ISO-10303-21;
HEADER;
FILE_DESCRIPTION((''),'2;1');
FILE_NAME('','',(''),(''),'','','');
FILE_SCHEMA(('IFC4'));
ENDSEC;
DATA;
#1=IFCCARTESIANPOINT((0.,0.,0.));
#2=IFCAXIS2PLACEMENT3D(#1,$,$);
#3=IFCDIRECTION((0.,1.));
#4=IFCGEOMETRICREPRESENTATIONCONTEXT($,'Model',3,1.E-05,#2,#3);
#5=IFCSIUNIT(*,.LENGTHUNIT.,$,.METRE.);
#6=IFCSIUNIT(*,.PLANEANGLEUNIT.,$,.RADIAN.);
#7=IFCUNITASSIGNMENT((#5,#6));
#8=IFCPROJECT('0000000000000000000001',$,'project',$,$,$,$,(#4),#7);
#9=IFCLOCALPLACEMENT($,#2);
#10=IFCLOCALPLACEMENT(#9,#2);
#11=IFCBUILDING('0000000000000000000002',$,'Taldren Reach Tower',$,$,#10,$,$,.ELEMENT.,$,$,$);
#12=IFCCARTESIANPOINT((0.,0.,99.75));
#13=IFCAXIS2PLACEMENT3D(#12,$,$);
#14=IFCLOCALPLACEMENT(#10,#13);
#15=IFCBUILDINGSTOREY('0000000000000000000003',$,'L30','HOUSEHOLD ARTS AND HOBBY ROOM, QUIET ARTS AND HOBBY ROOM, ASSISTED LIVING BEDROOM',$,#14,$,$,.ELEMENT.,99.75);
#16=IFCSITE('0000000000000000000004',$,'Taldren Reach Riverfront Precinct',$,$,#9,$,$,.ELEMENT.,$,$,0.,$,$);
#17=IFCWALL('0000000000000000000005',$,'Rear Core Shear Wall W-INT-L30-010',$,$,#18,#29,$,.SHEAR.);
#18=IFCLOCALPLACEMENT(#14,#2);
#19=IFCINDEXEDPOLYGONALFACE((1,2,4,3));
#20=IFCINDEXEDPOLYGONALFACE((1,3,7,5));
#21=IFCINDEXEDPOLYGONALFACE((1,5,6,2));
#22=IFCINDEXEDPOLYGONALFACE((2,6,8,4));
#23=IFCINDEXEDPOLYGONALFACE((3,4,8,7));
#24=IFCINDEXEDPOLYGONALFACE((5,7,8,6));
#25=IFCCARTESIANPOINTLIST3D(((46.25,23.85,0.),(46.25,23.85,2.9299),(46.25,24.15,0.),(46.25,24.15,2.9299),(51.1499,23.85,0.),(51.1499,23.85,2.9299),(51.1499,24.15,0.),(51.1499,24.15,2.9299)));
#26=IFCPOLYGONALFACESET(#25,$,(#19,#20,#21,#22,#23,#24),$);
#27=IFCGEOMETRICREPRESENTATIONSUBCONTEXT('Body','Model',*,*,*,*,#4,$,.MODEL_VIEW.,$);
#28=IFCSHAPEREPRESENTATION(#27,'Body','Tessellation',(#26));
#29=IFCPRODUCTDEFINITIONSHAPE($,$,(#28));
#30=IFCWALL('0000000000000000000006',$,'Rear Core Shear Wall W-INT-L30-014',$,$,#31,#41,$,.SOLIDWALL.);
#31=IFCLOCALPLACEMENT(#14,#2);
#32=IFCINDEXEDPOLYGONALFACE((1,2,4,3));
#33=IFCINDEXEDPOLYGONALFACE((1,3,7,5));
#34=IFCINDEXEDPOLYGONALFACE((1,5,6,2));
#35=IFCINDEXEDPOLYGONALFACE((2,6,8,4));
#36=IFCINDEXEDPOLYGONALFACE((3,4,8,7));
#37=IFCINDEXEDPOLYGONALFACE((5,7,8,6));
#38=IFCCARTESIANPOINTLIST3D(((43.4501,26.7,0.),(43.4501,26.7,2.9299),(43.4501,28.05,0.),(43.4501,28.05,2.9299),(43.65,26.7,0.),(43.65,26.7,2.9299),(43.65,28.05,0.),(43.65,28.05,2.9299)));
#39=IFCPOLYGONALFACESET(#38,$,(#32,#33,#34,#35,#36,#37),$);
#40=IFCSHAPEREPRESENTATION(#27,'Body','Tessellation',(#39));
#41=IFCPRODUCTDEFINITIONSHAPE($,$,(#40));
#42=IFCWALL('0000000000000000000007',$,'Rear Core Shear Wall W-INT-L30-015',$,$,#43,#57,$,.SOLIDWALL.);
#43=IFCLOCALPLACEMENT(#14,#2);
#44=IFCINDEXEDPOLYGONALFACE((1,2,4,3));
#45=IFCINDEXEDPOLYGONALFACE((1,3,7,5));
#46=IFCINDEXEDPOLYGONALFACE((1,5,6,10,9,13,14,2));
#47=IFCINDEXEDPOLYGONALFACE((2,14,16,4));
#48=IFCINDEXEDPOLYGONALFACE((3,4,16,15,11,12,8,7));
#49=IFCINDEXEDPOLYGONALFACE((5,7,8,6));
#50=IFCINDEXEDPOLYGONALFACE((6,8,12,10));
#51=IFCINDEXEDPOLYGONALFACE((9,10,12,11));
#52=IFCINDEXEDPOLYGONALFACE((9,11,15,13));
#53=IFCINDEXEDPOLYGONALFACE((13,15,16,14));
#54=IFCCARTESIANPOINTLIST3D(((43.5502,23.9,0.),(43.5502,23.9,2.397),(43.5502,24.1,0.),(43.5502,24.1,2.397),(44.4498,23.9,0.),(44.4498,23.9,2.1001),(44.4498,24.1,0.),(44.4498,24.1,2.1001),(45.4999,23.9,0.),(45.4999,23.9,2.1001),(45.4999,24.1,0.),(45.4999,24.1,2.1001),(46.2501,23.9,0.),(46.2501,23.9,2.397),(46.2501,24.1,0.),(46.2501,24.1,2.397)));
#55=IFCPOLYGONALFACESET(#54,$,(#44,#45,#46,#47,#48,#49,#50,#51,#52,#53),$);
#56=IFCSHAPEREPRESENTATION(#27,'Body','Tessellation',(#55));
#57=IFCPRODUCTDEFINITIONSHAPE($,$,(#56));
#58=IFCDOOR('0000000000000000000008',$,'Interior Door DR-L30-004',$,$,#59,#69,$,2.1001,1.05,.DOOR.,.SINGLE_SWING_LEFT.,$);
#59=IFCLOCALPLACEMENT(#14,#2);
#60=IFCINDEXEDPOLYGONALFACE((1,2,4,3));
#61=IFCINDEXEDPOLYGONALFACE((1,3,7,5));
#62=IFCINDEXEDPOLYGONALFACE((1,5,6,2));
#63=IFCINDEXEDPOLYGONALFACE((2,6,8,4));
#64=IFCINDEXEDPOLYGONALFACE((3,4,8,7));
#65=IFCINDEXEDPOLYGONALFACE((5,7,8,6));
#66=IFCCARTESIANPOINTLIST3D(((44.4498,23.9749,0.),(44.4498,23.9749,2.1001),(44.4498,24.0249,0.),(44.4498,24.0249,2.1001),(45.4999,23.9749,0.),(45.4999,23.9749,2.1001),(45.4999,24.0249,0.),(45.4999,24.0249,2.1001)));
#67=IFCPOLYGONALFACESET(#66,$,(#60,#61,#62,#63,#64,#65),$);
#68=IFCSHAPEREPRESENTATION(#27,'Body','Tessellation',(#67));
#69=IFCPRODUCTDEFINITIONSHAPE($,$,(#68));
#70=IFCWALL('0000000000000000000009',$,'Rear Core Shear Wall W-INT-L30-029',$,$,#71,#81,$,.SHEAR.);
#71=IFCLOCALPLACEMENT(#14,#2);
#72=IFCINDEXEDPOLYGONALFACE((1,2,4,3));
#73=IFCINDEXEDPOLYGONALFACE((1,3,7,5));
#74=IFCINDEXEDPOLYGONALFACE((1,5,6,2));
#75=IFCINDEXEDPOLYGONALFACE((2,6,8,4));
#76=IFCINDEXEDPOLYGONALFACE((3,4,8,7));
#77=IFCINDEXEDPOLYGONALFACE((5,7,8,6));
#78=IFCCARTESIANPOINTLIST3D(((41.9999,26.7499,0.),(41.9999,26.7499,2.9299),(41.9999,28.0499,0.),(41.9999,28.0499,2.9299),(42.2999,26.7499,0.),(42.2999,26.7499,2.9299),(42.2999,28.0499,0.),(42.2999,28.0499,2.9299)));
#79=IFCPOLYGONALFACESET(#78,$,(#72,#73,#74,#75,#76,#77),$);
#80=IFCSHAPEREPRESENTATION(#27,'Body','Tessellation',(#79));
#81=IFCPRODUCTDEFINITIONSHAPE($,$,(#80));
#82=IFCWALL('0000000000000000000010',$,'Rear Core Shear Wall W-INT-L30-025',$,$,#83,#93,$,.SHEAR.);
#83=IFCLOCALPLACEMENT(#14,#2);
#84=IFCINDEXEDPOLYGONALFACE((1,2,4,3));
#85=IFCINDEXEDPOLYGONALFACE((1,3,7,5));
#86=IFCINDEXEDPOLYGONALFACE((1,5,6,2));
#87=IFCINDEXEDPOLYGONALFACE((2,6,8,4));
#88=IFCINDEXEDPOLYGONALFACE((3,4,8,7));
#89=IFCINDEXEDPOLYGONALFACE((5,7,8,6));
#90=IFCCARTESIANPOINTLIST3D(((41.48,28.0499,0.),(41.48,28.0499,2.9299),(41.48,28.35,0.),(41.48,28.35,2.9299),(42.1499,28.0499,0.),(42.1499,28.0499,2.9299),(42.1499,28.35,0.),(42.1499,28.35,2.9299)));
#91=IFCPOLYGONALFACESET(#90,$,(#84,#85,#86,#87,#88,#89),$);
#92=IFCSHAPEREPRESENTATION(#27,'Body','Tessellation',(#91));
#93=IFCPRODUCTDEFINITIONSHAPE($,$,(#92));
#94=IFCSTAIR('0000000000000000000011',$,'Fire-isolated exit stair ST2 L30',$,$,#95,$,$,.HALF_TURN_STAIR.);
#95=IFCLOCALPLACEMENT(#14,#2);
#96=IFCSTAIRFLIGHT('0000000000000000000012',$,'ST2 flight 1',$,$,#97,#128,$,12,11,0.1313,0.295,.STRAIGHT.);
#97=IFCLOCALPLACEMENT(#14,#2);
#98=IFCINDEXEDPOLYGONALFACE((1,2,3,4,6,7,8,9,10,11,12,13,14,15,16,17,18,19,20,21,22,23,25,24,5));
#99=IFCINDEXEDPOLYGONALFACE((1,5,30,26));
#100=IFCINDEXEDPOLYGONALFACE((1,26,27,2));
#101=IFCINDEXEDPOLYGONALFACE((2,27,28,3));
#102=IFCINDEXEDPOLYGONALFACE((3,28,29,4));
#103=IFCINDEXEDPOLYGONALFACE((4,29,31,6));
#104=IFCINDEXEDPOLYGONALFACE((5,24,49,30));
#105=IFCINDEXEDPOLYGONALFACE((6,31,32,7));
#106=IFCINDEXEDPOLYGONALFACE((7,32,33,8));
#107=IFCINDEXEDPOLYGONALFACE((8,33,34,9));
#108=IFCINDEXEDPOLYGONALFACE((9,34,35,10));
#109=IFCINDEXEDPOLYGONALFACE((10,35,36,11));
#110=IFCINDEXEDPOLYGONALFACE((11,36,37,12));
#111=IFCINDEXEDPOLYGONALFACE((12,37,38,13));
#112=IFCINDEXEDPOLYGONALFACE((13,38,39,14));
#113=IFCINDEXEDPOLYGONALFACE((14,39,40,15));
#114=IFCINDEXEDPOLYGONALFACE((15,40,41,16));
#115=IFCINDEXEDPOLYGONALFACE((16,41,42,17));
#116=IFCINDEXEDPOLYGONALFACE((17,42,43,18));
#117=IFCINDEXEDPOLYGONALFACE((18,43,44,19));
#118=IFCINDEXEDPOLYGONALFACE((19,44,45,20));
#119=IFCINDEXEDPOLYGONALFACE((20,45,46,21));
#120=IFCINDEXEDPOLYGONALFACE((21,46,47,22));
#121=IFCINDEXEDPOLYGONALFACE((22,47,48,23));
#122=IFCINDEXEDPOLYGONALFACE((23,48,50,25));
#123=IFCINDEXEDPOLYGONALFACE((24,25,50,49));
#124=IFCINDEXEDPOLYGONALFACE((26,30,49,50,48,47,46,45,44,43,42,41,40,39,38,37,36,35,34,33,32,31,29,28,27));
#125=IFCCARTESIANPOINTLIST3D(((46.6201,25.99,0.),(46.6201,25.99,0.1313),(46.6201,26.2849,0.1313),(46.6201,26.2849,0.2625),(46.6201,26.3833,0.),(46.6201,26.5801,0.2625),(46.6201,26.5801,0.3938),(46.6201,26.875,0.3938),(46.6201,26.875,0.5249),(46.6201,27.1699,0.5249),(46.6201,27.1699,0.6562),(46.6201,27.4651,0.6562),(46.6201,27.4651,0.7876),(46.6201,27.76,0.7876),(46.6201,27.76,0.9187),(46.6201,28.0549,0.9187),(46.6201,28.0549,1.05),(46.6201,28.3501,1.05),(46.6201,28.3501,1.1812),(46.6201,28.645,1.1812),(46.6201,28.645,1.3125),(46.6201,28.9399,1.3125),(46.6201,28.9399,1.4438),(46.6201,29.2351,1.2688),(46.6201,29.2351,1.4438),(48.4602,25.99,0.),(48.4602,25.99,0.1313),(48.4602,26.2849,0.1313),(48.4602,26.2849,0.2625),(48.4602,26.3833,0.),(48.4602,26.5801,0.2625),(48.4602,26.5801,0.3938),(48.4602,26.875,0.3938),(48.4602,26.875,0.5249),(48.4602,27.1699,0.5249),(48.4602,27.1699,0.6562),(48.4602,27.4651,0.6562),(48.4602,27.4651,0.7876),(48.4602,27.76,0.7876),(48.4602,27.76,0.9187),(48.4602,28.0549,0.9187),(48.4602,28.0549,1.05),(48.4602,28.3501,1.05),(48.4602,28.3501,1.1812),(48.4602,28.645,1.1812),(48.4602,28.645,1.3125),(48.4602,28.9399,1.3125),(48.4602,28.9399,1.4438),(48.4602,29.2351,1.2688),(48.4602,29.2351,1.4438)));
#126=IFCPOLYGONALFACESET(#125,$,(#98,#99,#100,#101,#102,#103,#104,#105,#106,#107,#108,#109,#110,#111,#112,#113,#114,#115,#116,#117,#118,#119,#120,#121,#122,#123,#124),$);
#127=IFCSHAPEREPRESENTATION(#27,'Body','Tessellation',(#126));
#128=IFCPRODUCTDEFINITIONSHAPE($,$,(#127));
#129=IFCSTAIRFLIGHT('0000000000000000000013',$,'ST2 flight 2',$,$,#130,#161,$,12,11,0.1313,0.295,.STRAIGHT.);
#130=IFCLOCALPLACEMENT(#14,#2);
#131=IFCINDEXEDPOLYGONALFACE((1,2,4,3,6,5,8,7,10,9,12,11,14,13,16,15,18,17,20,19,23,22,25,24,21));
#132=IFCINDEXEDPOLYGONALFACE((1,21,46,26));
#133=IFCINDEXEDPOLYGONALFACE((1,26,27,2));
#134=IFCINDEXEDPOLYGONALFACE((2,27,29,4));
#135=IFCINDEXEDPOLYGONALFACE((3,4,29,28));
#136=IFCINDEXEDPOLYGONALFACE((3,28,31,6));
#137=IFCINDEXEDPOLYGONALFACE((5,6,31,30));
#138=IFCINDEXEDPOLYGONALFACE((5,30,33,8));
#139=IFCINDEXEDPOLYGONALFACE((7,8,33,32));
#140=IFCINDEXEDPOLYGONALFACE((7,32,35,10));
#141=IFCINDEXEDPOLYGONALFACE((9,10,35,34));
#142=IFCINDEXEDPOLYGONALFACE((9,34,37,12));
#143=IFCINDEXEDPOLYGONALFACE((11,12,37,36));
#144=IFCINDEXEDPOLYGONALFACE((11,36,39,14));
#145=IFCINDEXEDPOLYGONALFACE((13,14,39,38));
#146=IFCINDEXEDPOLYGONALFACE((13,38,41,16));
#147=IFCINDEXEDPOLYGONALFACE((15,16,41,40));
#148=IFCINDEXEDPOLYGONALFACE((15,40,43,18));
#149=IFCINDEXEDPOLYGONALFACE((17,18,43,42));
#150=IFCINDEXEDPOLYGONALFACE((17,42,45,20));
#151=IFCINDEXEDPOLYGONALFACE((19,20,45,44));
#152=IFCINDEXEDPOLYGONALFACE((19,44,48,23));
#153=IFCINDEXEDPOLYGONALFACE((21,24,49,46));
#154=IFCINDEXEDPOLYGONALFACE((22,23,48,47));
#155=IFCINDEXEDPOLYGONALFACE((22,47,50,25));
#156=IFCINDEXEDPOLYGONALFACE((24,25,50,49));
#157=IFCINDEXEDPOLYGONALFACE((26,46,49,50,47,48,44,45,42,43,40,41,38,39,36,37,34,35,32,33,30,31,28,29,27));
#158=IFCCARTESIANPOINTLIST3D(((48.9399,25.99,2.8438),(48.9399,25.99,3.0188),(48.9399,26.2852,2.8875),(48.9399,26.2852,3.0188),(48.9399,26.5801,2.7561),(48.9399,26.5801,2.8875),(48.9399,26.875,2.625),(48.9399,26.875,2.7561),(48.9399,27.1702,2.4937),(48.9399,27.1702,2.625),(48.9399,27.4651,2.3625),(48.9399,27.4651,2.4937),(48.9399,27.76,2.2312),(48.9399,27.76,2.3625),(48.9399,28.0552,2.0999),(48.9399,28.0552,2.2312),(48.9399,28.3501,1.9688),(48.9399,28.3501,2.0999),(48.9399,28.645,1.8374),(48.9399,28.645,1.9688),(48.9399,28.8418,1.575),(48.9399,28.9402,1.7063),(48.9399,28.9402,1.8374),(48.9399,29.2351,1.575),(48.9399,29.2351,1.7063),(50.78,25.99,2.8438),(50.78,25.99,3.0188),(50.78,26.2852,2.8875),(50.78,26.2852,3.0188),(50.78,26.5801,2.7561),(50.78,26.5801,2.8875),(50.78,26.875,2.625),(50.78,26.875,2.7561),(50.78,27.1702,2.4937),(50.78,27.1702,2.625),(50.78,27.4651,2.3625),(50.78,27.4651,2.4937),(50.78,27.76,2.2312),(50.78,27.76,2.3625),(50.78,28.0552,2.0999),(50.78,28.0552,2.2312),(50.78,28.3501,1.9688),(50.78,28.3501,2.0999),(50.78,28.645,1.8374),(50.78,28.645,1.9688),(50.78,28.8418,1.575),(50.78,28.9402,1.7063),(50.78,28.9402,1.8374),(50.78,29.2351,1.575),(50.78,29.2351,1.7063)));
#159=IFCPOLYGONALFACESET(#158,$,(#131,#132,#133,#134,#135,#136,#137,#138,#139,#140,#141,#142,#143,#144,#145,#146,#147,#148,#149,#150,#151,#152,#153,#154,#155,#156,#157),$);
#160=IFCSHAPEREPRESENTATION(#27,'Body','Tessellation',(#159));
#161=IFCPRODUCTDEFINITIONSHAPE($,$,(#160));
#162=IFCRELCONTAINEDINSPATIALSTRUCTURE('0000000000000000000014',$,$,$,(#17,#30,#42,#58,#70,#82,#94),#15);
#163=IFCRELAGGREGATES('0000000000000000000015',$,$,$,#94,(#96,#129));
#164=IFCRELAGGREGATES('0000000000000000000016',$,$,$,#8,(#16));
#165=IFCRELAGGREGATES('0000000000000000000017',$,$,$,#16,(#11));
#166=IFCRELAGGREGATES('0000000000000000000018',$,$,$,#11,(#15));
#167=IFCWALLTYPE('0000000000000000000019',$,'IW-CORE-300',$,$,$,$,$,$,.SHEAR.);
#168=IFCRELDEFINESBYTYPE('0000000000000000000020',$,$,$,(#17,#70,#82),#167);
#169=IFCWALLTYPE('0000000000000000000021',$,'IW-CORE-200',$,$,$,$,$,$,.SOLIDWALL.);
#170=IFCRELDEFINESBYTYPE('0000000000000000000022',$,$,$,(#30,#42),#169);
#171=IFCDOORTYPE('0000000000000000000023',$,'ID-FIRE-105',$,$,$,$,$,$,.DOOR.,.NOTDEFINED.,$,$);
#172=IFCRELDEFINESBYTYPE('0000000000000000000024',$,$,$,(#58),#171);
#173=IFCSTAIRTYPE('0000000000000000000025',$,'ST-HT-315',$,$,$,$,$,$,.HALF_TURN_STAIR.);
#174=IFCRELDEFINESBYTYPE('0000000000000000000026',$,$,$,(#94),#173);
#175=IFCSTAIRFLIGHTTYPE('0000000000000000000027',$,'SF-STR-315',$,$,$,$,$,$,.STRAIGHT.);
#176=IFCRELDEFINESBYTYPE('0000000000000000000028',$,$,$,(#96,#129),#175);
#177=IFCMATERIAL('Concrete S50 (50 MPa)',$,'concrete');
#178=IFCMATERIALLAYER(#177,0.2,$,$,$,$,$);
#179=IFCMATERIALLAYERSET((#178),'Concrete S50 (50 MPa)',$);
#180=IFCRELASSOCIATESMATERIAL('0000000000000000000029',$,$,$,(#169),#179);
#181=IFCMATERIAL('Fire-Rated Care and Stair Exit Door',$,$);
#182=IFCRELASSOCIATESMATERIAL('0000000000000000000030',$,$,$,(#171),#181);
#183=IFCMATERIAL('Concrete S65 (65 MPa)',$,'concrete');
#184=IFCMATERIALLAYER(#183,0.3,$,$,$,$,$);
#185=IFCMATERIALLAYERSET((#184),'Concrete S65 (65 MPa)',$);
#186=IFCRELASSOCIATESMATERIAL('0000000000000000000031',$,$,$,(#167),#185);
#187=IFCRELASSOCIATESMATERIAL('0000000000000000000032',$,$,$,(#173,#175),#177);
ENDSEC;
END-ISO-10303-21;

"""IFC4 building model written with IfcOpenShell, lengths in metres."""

from ifc_helpers import new_model, si_unit, direction, frame, frame_2d, origin, place, context, subcontext, project, spatial, polyline, rectangle, outline, extrude, source, transform, mapped, material, layer, layer_set, type_object, element, fill, aggregate, save


model = new_model("IFC4")

# Units and contexts
model_context = context("Model", 3, precision=1e-05, world=origin(), true_north=direction((0.0, 1.0)))
body_context = subcontext(model_context, "Body", "Model", "MODEL_VIEW")
ifc_project = project(units=[si_unit("LENGTHUNIT", "METRE"), si_unit("PLANEANGLEUNIT", "RADIAN")], contexts=[model_context])

# Site, building, storey
site_placement = place(None, origin())
site = spatial("IfcSite", under=ifc_project, at=site_placement, Name="Taldren Reach Riverfront Precinct", CompositionType="ELEMENT", RefElevation=0.0)
building_placement = place(site_placement, origin())
building = spatial("IfcBuilding", under=site, at=building_placement, Name="Taldren Reach Tower", CompositionType="ELEMENT")
storey_placement = place(building_placement, frame((0.0, 0.0, 99.75)))
storey = spatial("IfcBuildingStorey", under=building, at=storey_placement, Name="L30", Description="HOUSEHOLD ARTS AND HOBBY ROOM, QUIET ARTS AND HOBBY ROOM, ASSISTED LIVING BEDROOM", CompositionType="ELEMENT", Elevation=99.75)

# Shared definitions
ifc_material_1 = material(Name="Concrete S50 (50 MPa)", Category="concrete")
ifc_layer_1 = layer(ifc_material_1, 0.2)
ifc_layer_set_1 = layer_set([ifc_layer_1], Name="Concrete S50 (50 MPa)")
wall_type_1 = type_object("IfcWallType", Name="IW-CORE-200", PredefinedType="SOLIDWALL", material=ifc_layer_set_1)

# Shared definitions
shared_shape_1 = source(origin(), body_context, "Body", "SweptSolid", [
    extrude(rectangle(XDim=1.05, YDim=2.1001, at=frame_2d((0.5249, 1.05))), frame((0.0, 0.1099, 0.0), z_axis=(0.0, -1.0, 0.0), x_axis=(1.0, 0.0, 0.0)), (0.0, 0.0, 1.0), 0.22),
])
ifc_material_2 = material(Name="Fire-Rated Care and Stair Exit Door")
door_type_1 = type_object("IfcDoorType", Name="ID-FIRE-105", OperationType="NOTDEFINED", PredefinedType="DOOR", material=ifc_material_2)
shared_shape_2 = source(origin(), body_context, "Body", "SweptSolid", [
    extrude(rectangle(XDim=1.05, YDim=2.1001, at=frame_2d((0.5249, 1.05))), frame((0.0, 0.0249, 0.0), z_axis=(0.0, -1.0, 0.0), x_axis=(1.0, 0.0, 0.0)), (0.0, 0.0, 1.0), 0.05),
])

# Shared definitions
ifc_material_3 = material(Name="Concrete S65 (65 MPa)", Category="concrete")
ifc_layer_2 = layer(ifc_material_3, 0.3)
ifc_layer_set_2 = layer_set([ifc_layer_2], Name="Concrete S65 (65 MPa)")
wall_type_2 = type_object("IfcWallType", Name="IW-CORE-300", PredefinedType="SHEAR", material=ifc_layer_set_2)

# Wall
shared_shape_3 = source(origin(), body_context, "Body", "SweptSolid", [
    extrude(rectangle(XDim=4.8999, YDim=0.3, at=frame_2d((2.45, 0.0))), origin(), (0.0, 0.0, 1.0), 2.9299),
])
wall_1_placement = place(storey_placement, frame((46.25, 24.0, 0.0), z_axis=(0.0, 0.0, 1.0), x_axis=(1.0, 0.0, 0.0)))
element("IfcWall", 1, at=wall_1_placement, inside=storey, type_object=wall_type_2, Name="Rear Core Shear Wall W-INT-L30-010", PredefinedType="SHEAR", context=body_context, shape_type="MappedRepresentation", body=[
    mapped(shared_shape_3, transform((0.0, 0.0, 0.0), scale=1.0)),
])

# Wall
shared_shape_4 = source(origin(), body_context, "Body", "SweptSolid", [
    extrude(rectangle(XDim=1.3501, YDim=0.2, at=frame_2d((0.675, 0.0))), origin(), (0.0, 0.0, 1.0), 2.9299),
])
wall_2_placement = place(storey_placement, frame((43.55, 28.05, 0.0), z_axis=(0.0, 0.0, 1.0), x_axis=(0.0, -1.0, 0.0)))
element("IfcWall", 2, at=wall_2_placement, inside=storey, type_object=wall_type_1, Name="Rear Core Shear Wall W-INT-L30-014", PredefinedType="SOLIDWALL", context=body_context, shape_type="MappedRepresentation", body=[
    mapped(shared_shape_4, transform((0.0, 0.0, 0.0), scale=1.0)),
])

# Wall, opening, door
shared_shape_5 = source(origin(), body_context, "Body", "SweptSolid", [
    extrude(rectangle(XDim=2.7, YDim=0.2, at=frame_2d((1.3501, 0.0))), origin(), (0.0, 0.0, 1.0), 2.397),
])
wall_3_placement = place(storey_placement, frame((43.55, 24.0, 0.0), z_axis=(0.0, 0.0, 1.0), x_axis=(1.0, 0.0, 0.0)))
wall_3 = element("IfcWall", 3, at=wall_3_placement, inside=storey, type_object=wall_type_1, Name="Rear Core Shear Wall W-INT-L30-015", PredefinedType="SOLIDWALL", context=body_context, shape_type="MappedRepresentation", body=[
    mapped(shared_shape_5, transform((0.0, 0.0, 0.0), scale=1.0)),
])
opening_1_placement = place(wall_3_placement, frame((0.8999, 0.0, 0.0)))
opening_1 = element("IfcOpeningElement", 4, at=opening_1_placement, cuts=wall_3, PredefinedType="OPENING", context=body_context, shape_type="MappedRepresentation", body=[
    mapped(shared_shape_1, transform((0.0, 0.0, 0.0), scale=1.0)),
])
door_1_placement = place(opening_1_placement, origin())
door_1 = element("IfcDoor", 5, at=door_1_placement, inside=storey, type_object=door_type_1, Name="Interior Door DR-L30-004", OperationType="SINGLE_SWING_LEFT", OverallHeight=2.1001, OverallWidth=1.05, PredefinedType="DOOR", context=body_context, shape_type="MappedRepresentation", body=[
    mapped(shared_shape_2, transform((0.0, 0.0, 0.0), scale=1.0)),
])
fill(opening_1, door_1)

# Walls
shared_shape_6 = source(origin(), body_context, "Body", "SweptSolid", [
    extrude(rectangle(XDim=1.3, YDim=0.3, at=frame_2d((0.6499, 0.0))), origin(), (0.0, 0.0, 1.0), 2.9299),
])
wall_4_placement = place(storey_placement, frame((42.1499, 26.75, 0.0), z_axis=(0.0, 0.0, 1.0), x_axis=(0.0, 1.0, 0.0)))
element("IfcWall", 6, at=wall_4_placement, inside=storey, type_object=wall_type_2, Name="Rear Core Shear Wall W-INT-L30-029", PredefinedType="SHEAR", context=body_context, shape_type="MappedRepresentation", body=[
    mapped(shared_shape_6, transform((0.0, 0.0, 0.0), scale=1.0)),
])
shared_shape_7 = source(origin(), body_context, "Body", "SweptSolid", [
    extrude(rectangle(XDim=0.6699, YDim=0.3, at=frame_2d((0.335, 0.0))), origin(), (0.0, 0.0, 1.0), 2.9299),
])
wall_5_placement = place(storey_placement, frame((42.1499, 28.2, 0.0), z_axis=(0.0, 0.0, 1.0), x_axis=(-1.0, 0.0, 0.0)))
element("IfcWall", 7, at=wall_5_placement, inside=storey, type_object=wall_type_2, Name="Rear Core Shear Wall W-INT-L30-025", PredefinedType="SHEAR", context=body_context, shape_type="MappedRepresentation", body=[
    mapped(shared_shape_7, transform((0.0, 0.0, 0.0), scale=1.0)),
])

# Stair, stair flights
stair_type = type_object("IfcStairType", Name="ST-HT-315", PredefinedType="HALF_TURN_STAIR", material=ifc_material_1)
stair_placement = place(storey_placement, origin())
stair = element("IfcStair", 8, at=stair_placement, inside=storey, type_object=stair_type, Name="Fire-isolated exit stair ST2 L30", PredefinedType="HALF_TURN_STAIR")
stair_flight_type = type_object("IfcStairFlightType", Name="SF-STR-315", PredefinedType="STRAIGHT", material=ifc_material_1)
stair_flight_1_placement = place(storey_placement, frame((47.54, 25.99, 0.0), z_axis=(0.0, 0.0, 1.0), x_axis=(0.0, 1.0, 0.0)))
stair_flight_1 = element("IfcStairFlight", 9, at=stair_flight_1_placement, type_object=stair_flight_type, Name="ST2 flight 1", NumberOfRisers=12, NumberOfTreads=11, PredefinedType="STRAIGHT", RiserHeight=0.1313, TreadLength=0.295, context=body_context, shape_type="SweptSolid", body=[
    extrude(outline(polyline([(0.0, 0.0), (0.0, 0.1313), (0.2949, 0.1313), (0.2949, 0.2625), (0.5901, 0.2625), (0.5901, 0.3938), (0.885, 0.3938), (0.885, 0.5249), (1.1799, 0.5249), (1.1799, 0.6562), (1.4751, 0.6562), (1.4751, 0.7876), (1.77, 0.7876), (1.77, 0.9187), (2.0649, 0.9187), (2.0649, 1.05), (2.3601, 1.05), (2.3601, 1.1812), (2.655, 1.1812), (2.655, 1.3125), (2.95, 1.3125), (2.95, 1.4438), (3.2451, 1.4438), (3.2451, 1.575), (3.2451, 1.2688), (0.3933, 0.0), (0.0, 0.0)])), frame((0.0, 0.9199, 0.0), z_axis=(0.0, -1.0, 0.0), x_axis=(1.0, 0.0, 0.0)), (0.0, 0.0, 1.0), 1.8401),
])
stair_flight_2_placement = place(storey_placement, frame((49.8601, 29.2351, 1.575), z_axis=(0.0, 0.0, 1.0), x_axis=(0.0, -1.0, 0.0)))
stair_flight_2 = element("IfcStairFlight", 10, at=stair_flight_2_placement, type_object=stair_flight_type, Name="ST2 flight 2", NumberOfRisers=12, NumberOfTreads=11, PredefinedType="STRAIGHT", RiserHeight=0.1313, TreadLength=0.295, context=body_context, shape_type="SweptSolid", body=[
    extrude(outline(polyline([(0.0, 0.0), (0.0, 0.1313), (0.2949, 0.1313), (0.2949, 0.2625), (0.5901, 0.2625), (0.5901, 0.3938), (0.885, 0.3938), (0.885, 0.5249), (1.1799, 0.5249), (1.1799, 0.6562), (1.4751, 0.6562), (1.4751, 0.7876), (1.77, 0.7876), (1.77, 0.9187), (2.0649, 0.9187), (2.0649, 1.05), (2.3601, 1.05), (2.3601, 1.1812), (2.655, 1.1812), (2.655, 1.3125), (2.95, 1.3125), (2.95, 1.4438), (3.2451, 1.4438), (3.2451, 1.575), (3.2451, 1.2688), (0.3933, 0.0), (0.0, 0.0)])), frame((0.0, 0.9199, 0.0), z_axis=(0.0, -1.0, 0.0), x_axis=(1.0, 0.0, 0.0)), (0.0, 0.0, 1.0), 1.8401),
])
aggregate(stair, [stair_flight_1, stair_flight_2])

save(model, "model.ifc")
